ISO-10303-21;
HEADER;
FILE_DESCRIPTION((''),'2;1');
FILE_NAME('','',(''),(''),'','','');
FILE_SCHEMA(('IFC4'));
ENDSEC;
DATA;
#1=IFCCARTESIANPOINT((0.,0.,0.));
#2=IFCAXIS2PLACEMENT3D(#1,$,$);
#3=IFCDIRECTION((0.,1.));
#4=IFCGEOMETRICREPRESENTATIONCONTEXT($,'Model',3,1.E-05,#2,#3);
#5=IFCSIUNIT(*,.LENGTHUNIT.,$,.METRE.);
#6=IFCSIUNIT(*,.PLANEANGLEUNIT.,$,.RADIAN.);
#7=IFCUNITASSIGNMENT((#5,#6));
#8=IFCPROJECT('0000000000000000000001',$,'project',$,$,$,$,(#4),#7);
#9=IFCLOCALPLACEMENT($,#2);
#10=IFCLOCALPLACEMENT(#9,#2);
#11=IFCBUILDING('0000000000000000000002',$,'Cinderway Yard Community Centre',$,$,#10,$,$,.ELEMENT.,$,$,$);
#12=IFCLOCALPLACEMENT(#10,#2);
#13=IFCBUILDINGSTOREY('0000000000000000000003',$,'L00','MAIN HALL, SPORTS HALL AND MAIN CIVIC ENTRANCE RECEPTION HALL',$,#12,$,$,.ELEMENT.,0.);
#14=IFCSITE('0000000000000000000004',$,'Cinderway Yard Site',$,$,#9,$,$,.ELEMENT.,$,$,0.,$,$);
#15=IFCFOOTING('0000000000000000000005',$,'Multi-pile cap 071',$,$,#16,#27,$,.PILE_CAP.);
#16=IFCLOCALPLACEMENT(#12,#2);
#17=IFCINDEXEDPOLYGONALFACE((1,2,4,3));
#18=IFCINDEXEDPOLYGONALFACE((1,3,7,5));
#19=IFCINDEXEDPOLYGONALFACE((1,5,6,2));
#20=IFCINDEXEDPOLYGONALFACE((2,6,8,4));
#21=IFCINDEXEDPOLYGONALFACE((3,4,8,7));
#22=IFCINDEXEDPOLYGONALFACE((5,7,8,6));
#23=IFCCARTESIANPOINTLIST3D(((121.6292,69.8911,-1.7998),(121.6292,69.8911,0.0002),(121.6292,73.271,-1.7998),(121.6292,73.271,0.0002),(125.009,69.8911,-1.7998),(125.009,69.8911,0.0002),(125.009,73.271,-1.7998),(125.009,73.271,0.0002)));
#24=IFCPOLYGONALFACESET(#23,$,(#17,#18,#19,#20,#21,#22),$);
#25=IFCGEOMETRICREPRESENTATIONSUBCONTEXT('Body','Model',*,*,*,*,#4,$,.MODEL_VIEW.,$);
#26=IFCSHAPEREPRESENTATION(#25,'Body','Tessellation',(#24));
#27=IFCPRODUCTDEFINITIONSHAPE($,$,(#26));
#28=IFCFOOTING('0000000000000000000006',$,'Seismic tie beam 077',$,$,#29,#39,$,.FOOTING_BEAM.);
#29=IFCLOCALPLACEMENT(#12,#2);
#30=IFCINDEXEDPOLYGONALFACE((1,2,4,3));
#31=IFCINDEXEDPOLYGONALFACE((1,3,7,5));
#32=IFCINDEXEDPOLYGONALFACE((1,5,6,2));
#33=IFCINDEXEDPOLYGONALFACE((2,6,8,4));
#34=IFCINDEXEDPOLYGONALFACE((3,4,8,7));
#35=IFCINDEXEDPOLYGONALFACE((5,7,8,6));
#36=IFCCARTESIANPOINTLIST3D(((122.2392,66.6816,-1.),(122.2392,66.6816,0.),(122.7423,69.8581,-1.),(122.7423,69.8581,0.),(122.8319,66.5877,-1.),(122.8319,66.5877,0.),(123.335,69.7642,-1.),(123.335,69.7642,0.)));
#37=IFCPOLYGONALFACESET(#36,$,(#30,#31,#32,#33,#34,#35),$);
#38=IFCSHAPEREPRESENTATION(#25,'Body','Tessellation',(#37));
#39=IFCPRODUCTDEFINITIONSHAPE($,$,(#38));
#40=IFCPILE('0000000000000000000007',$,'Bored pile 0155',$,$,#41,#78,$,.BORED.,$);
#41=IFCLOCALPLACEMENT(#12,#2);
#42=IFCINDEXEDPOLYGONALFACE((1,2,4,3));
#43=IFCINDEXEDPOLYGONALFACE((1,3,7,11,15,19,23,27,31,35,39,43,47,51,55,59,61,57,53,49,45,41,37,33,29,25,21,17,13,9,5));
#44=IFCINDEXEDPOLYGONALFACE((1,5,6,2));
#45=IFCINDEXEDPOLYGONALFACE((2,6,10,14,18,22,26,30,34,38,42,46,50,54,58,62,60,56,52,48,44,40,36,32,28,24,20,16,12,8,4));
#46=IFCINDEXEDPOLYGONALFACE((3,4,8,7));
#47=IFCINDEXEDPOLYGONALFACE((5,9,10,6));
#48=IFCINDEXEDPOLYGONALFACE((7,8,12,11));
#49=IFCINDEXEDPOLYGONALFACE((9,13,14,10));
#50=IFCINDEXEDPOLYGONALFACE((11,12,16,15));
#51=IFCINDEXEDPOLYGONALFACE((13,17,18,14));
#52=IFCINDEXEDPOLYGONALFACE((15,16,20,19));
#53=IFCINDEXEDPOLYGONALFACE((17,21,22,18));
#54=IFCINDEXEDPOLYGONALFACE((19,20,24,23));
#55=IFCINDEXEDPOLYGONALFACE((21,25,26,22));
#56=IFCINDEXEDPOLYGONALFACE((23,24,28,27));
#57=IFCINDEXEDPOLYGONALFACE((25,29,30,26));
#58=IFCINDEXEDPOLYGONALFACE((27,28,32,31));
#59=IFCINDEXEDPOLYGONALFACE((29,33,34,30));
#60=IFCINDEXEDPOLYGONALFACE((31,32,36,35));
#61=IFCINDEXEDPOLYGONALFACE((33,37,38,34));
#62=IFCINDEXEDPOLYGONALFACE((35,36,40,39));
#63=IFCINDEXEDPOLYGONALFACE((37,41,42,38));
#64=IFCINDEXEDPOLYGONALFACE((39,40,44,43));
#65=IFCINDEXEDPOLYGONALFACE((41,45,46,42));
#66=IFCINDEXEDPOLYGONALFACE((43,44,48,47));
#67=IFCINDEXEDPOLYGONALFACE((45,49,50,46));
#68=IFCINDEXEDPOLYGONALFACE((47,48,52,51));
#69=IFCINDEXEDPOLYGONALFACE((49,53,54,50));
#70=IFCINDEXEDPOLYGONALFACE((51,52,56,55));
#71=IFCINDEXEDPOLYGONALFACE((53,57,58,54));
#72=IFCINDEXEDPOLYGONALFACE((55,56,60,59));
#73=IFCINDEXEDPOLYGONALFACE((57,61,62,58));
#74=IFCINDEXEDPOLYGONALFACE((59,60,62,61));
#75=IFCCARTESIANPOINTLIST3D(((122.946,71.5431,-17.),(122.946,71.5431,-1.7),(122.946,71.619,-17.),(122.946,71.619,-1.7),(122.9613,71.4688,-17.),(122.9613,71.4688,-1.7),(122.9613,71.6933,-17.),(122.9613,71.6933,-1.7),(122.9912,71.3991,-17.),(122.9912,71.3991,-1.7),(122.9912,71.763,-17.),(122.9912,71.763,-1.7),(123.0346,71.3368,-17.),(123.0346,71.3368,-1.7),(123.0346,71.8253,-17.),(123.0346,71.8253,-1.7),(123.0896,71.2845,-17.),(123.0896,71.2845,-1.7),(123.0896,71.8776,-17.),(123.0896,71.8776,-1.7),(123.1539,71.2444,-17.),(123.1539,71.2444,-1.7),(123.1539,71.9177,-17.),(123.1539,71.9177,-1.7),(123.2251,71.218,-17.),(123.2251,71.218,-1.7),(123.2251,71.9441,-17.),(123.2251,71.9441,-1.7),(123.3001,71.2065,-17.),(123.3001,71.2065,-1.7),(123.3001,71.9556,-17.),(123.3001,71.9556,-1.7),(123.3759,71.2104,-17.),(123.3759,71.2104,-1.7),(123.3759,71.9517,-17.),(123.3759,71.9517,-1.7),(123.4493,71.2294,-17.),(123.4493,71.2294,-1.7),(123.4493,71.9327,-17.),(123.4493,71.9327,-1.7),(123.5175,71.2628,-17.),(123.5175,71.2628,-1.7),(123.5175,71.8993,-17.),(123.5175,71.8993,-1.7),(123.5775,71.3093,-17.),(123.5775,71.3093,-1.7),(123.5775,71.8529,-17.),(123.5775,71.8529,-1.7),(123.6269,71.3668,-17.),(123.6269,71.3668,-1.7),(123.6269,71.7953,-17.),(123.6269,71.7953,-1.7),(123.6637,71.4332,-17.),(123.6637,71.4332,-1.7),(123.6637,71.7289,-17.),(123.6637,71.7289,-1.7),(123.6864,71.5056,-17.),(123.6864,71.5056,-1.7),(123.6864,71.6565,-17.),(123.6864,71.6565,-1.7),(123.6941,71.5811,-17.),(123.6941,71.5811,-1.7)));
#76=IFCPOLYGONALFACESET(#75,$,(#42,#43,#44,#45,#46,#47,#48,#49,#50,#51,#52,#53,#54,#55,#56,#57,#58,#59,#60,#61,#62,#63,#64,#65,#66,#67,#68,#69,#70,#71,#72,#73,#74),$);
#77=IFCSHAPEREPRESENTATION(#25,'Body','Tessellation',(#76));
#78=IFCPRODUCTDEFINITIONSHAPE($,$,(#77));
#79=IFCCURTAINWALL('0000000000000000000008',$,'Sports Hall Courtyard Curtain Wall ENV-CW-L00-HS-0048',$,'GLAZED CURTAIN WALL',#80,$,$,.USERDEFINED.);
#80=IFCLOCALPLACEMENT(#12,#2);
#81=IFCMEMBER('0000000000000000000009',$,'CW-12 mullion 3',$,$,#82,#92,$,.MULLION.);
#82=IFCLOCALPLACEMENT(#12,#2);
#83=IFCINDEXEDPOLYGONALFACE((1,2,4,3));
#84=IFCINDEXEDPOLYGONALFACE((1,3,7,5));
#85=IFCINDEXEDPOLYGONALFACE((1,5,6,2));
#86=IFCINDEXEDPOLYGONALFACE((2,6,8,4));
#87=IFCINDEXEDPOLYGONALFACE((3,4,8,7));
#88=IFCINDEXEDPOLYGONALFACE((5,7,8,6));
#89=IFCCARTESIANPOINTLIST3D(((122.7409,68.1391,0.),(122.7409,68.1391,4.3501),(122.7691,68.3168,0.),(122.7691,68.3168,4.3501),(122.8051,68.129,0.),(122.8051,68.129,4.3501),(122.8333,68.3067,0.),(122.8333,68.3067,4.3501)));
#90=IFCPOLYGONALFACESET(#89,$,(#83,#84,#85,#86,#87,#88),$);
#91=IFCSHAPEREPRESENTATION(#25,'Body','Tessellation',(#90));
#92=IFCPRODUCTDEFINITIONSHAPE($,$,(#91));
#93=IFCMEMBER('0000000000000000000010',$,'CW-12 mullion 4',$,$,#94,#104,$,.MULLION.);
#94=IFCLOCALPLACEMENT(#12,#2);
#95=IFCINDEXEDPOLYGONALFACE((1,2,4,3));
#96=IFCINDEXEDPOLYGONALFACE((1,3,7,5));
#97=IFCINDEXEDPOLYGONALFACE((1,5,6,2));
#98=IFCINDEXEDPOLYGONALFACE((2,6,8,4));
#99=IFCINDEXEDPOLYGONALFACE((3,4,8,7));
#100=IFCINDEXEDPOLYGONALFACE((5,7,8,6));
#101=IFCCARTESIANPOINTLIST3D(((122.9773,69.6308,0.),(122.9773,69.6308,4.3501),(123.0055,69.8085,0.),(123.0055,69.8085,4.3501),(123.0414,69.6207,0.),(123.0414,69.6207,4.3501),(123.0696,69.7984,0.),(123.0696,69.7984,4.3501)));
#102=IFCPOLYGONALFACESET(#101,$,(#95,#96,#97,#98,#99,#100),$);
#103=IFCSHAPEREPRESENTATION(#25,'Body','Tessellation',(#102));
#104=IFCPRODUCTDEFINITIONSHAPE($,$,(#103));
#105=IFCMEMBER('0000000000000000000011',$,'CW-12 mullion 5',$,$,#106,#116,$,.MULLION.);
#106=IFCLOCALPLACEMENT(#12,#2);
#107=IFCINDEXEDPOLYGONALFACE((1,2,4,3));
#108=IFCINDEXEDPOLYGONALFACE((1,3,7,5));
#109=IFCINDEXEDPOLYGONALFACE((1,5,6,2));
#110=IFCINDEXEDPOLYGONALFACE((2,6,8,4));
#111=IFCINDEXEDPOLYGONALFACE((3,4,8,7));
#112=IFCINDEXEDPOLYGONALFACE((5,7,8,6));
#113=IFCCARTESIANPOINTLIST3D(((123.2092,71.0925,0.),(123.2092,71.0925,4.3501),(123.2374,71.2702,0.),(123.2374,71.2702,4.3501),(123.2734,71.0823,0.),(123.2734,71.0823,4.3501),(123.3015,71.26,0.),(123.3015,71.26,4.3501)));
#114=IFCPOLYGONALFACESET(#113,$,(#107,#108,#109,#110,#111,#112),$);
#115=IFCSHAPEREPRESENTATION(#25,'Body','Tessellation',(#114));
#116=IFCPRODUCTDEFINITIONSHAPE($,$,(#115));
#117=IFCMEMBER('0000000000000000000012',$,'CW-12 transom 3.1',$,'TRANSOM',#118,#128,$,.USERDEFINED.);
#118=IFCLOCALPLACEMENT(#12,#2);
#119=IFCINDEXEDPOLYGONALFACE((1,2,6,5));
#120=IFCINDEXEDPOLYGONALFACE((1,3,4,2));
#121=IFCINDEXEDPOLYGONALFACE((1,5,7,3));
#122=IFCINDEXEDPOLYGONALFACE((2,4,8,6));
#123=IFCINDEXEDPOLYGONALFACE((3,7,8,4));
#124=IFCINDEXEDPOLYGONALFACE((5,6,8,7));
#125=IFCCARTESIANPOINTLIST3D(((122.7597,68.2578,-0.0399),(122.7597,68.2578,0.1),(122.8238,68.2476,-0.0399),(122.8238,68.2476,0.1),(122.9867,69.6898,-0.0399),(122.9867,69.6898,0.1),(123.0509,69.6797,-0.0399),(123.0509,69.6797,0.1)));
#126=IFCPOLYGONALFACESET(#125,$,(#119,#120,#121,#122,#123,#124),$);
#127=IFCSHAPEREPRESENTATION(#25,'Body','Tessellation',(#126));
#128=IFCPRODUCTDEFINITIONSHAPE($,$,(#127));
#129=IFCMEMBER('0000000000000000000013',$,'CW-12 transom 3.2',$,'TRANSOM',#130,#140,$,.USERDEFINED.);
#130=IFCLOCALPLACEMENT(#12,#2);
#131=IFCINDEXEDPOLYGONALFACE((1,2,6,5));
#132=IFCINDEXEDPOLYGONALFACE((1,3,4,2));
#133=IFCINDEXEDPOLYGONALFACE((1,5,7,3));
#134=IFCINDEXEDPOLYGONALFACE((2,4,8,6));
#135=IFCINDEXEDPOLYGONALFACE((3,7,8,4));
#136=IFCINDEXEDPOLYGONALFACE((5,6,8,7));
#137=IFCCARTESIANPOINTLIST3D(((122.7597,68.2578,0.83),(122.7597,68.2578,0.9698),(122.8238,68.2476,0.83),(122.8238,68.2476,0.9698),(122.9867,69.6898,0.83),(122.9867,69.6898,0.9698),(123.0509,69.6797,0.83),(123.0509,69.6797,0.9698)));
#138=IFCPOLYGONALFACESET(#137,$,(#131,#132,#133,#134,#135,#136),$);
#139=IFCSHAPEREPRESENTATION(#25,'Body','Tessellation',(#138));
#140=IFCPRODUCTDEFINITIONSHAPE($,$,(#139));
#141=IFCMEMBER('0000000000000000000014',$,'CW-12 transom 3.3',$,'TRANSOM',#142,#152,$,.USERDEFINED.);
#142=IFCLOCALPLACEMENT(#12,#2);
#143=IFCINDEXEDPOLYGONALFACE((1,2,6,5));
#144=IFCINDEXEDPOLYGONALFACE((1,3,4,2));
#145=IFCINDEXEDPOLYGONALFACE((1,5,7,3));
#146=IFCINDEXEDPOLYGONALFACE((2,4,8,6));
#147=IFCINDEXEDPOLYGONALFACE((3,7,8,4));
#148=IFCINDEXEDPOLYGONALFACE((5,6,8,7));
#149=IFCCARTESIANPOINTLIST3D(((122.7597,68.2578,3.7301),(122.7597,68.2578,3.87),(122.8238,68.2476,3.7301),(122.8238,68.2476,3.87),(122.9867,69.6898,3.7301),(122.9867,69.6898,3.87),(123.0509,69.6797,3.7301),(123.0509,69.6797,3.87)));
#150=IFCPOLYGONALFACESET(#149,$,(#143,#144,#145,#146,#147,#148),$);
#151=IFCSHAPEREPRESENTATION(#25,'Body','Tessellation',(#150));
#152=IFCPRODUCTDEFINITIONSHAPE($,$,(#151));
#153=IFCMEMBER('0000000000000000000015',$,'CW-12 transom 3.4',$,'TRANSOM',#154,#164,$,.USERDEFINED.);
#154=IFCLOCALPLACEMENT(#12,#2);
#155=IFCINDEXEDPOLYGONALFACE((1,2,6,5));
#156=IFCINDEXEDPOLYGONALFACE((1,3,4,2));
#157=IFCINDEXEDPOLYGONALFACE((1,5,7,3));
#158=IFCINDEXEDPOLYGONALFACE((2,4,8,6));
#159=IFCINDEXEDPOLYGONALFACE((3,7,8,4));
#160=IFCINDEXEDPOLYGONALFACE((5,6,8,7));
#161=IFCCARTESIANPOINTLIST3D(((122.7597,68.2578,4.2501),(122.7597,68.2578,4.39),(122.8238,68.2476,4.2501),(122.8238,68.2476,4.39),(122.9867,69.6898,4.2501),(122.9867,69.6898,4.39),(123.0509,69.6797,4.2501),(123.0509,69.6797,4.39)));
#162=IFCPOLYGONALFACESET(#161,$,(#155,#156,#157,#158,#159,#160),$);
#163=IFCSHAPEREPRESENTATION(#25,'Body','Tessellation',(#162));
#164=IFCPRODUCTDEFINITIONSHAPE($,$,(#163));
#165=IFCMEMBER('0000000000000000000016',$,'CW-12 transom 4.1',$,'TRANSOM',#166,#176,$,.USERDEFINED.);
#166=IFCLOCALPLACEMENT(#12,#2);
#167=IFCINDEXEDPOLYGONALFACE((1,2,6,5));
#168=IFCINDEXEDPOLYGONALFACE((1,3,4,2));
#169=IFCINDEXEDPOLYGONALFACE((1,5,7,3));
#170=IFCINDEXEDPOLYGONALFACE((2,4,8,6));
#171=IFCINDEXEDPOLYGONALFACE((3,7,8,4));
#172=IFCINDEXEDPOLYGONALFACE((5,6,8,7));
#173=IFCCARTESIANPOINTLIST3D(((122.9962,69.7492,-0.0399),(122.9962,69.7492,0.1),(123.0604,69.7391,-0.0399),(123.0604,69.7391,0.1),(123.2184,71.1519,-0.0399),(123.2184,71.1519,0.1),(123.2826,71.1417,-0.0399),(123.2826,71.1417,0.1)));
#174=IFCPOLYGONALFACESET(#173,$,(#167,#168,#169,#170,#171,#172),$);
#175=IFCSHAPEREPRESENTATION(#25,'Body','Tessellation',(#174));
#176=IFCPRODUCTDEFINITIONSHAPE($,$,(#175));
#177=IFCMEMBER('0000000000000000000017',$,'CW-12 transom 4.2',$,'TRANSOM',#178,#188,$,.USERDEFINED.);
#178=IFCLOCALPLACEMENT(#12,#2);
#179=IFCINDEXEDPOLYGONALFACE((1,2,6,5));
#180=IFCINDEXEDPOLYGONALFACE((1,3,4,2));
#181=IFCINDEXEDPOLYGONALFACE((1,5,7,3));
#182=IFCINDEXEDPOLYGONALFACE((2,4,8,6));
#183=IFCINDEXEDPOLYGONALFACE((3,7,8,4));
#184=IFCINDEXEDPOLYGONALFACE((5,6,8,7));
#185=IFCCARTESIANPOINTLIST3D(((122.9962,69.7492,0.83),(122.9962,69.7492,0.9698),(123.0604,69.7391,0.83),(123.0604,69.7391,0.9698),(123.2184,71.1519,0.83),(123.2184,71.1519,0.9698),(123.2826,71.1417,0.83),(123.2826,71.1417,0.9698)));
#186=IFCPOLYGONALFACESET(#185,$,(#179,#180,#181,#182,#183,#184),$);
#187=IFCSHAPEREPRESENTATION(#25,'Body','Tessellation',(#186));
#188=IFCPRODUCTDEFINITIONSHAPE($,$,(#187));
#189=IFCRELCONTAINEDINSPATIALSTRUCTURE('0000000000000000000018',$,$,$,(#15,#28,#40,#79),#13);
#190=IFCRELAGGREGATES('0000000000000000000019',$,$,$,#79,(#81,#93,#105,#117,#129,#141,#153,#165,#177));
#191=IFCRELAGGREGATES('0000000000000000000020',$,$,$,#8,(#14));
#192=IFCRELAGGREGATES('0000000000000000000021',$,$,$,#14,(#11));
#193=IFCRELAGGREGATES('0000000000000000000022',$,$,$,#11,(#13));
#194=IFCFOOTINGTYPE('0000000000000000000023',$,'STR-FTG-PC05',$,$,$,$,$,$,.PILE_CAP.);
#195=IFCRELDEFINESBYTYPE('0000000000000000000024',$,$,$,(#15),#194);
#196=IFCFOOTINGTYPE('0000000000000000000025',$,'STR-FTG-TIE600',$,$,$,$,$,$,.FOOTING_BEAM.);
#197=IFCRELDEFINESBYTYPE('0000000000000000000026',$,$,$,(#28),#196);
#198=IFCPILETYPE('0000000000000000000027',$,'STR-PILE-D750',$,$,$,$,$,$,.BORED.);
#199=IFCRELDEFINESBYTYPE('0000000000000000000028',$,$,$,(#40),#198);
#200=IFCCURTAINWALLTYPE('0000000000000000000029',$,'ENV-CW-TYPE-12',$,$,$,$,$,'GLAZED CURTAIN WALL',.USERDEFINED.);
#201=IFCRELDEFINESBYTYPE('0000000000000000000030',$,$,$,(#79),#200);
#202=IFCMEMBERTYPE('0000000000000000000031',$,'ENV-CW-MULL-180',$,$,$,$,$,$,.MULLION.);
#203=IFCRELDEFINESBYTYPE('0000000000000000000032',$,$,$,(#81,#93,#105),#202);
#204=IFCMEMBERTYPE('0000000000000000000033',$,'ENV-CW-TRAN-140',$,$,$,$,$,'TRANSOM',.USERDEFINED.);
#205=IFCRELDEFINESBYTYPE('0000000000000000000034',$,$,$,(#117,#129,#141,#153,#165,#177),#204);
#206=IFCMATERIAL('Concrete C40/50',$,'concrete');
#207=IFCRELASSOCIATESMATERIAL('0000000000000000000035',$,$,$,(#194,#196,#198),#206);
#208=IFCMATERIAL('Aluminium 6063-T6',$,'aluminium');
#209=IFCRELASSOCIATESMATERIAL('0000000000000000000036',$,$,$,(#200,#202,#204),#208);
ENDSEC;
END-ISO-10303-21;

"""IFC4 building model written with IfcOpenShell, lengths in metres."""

from ifc_helpers import new_model, si_unit, direction, frame, origin, origin_2d, place, context, subcontext, project, spatial, rectangle, circle, extrude, material, material_profile, profile_set, type_object, element, aggregate, save


model = new_model("IFC4")

# Units and contexts
model_context = context("Model", 3, precision=1e-05, world=origin(), true_north=direction((0.0, 1.0)))
body_context = subcontext(model_context, "Body", "Model", "MODEL_VIEW")
ifc_project = project(units=[si_unit("LENGTHUNIT", "METRE"), si_unit("PLANEANGLEUNIT", "RADIAN")], contexts=[model_context])

# Site, building, storey
site_placement = place(None, origin())
site = spatial("IfcSite", under=ifc_project, at=site_placement, Name="Cinderway Yard Site", CompositionType="ELEMENT", RefElevation=0.0)
building_placement = place(site_placement, origin())
building = spatial("IfcBuilding", under=site, at=building_placement, Name="Cinderway Yard Community Centre", CompositionType="ELEMENT")
storey_placement = place(building_placement, origin())
storey = spatial("IfcBuildingStorey", under=building, at=storey_placement, Name="L00", Description="MAIN HALL, SPORTS HALL AND MAIN CIVIC ENTRANCE RECEPTION HALL", CompositionType="ELEMENT", Elevation=0.0)

# Footings
ifc_material_1 = material(Name="Concrete C40/50", Category="concrete")
footing_type_1 = type_object("IfcFootingType", Name="STR-FTG-PC05", PredefinedType="PILE_CAP", material=ifc_material_1)
footing_1_placement = place(storey_placement, frame((123.3191, 71.5811, -1.7998), z_axis=(0.0, 0.0, 1.0), x_axis=(1.0, 0.0, 0.0)))
element("IfcFooting", 1, at=footing_1_placement, inside=storey, type_object=footing_type_1, Name="Multi-pile cap 071", PredefinedType="PILE_CAP", context=body_context, shape_type="SweptSolid", body=[
    extrude(rectangle(XDim=3.3799, YDim=3.3799, at=origin_2d()), origin(), (0.0, 0.0, 1.0), 1.8),
])
footing_type_2 = type_object("IfcFootingType", Name="STR-FTG-TIE600", PredefinedType="FOOTING_BEAM", material=ifc_material_1)
footing_2_placement = place(storey_placement, frame((122.7871, 68.2229, -1.0), z_axis=(0.0, 0.0, 1.0), x_axis=(0.156452, 0.987686, 0.0)))
element("IfcFooting", 2, at=footing_2_placement, inside=storey, type_object=footing_type_2, Name="Seismic tie beam 077", PredefinedType="FOOTING_BEAM", context=body_context, shape_type="SweptSolid", body=[
    extrude(rectangle(XDim=3.2161, YDim=0.6001, at=origin_2d()), origin(), (0.0, 0.0, 1.0), 1.0),
])

# Pile
ifc_material_profile_1 = material_profile(ifc_material_1, circle(Radius=0.375, at=origin_2d()), Name="Concrete C40/50")
ifc_profile_set_1 = profile_set([ifc_material_profile_1], Name="Concrete C40/50")
pile_type = type_object("IfcPileType", Name="STR-PILE-D750", PredefinedType="BORED", material=ifc_profile_set_1)
pile_placement = place(storey_placement, frame((123.3191, 71.5811, -1.7), z_axis=(0.0, 0.0, -1.0), x_axis=(1.0, 0.0, 0.0)))
element("IfcPile", 3, at=pile_placement, inside=storey, type_object=pile_type, Name="Bored pile 0155", PredefinedType="BORED", context=body_context, shape_type="SweptSolid", body=[
    extrude(circle(Radius=0.375, at=origin_2d()), origin(), (0.0, 0.0, 1.0), 15.3),
])

# Curtain wall, members
ifc_material_2 = material(Name="Aluminium 6063-T6", Category="aluminium")
curtain_wall_type = type_object("IfcCurtainWallType", Name="ENV-CW-TYPE-12", ElementType="GLAZED CURTAIN WALL", PredefinedType="USERDEFINED", material=ifc_material_2)
curtain_wall_placement = place(storey_placement, origin())
curtain_wall = element("IfcCurtainWall", 4, at=curtain_wall_placement, inside=storey, type_object=curtain_wall_type, Name="Sports Hall Courtyard Curtain Wall ENV-CW-L00-HS-0048", ObjectType="GLAZED CURTAIN WALL", PredefinedType="USERDEFINED")
ifc_material_profile_2 = material_profile(ifc_material_2, rectangle(XDim=0.0649, YDim=0.1799, at=origin_2d()), Name="Aluminium 6063-T6")
ifc_profile_set_2 = profile_set([ifc_material_profile_2], Name="Aluminium 6063-T6")
member_type_1 = type_object("IfcMemberType", Name="ENV-CW-MULL-180", PredefinedType="MULLION", material=ifc_profile_set_2)
member_1_placement = place(storey_placement, frame((122.7871, 68.2229, 0.0), z_axis=(0.0, 0.0, 1.0), x_axis=(-0.987661, 0.156609, 0.0)))
member_1 = element("IfcMember", 5, at=member_1_placement, type_object=member_type_1, Name="CW-12 mullion 3", PredefinedType="MULLION", context=body_context, shape_type="SweptSolid", body=[
    extrude(rectangle(XDim=0.0649, YDim=0.1799, at=origin_2d()), origin(), (0.0, 0.0, 1.0), 4.3501),
])
member_2_placement = place(storey_placement, frame((123.0234, 69.7146, 0.0), z_axis=(0.0, 0.0, 1.0), x_axis=(-0.987661, 0.156609, 0.0)))
member_2 = element("IfcMember", 6, at=member_2_placement, type_object=member_type_1, Name="CW-12 mullion 4", PredefinedType="MULLION", context=body_context, shape_type="SweptSolid", body=[
    extrude(rectangle(XDim=0.0649, YDim=0.1799, at=origin_2d()), origin(), (0.0, 0.0, 1.0), 4.3501),
])
member_3_placement = place(storey_placement, frame((123.2554, 71.1763, 0.0), z_axis=(0.0, 0.0, 1.0), x_axis=(-0.987661, 0.156609, 0.0)))
member_3 = element("IfcMember", 7, at=member_3_placement, type_object=member_type_1, Name="CW-12 mullion 5", PredefinedType="MULLION", context=body_context, shape_type="SweptSolid", body=[
    extrude(rectangle(XDim=0.0649, YDim=0.1799, at=origin_2d()), origin(), (0.0, 0.0, 1.0), 4.3501),
])
ifc_material_profile_3 = material_profile(ifc_material_2, rectangle(XDim=0.0649, YDim=0.1399, at=origin_2d()), Name="Aluminium 6063-T6")
ifc_profile_set_3 = profile_set([ifc_material_profile_3], Name="Aluminium 6063-T6")
member_type_2 = type_object("IfcMemberType", Name="ENV-CW-TRAN-140", ElementType="TRANSOM", PredefinedType="USERDEFINED", material=ifc_profile_set_3)
member_4_placement = place(storey_placement, frame((122.7917, 68.2527, 0.03), z_axis=(0.156585, 0.987664, 0.0), x_axis=(-0.987664, 0.156585, 0.0)))
member_4 = element("IfcMember", 8, at=member_4_placement, type_object=member_type_2, Name="CW-12 transom 3.1", ObjectType="TRANSOM", PredefinedType="USERDEFINED", context=body_context, shape_type="SweptSolid", body=[
    extrude(rectangle(XDim=0.0649, YDim=0.1399, at=origin_2d()), origin(), (0.0, 0.0, 1.0), 1.45),
])
member_5_placement = place(storey_placement, frame((122.7917, 68.2527, 0.8999), z_axis=(0.156585, 0.987664, 0.0), x_axis=(-0.987664, 0.156585, 0.0)))
member_5 = element("IfcMember", 9, at=member_5_placement, type_object=member_type_2, Name="CW-12 transom 3.2", ObjectType="TRANSOM", PredefinedType="USERDEFINED", context=body_context, shape_type="SweptSolid", body=[
    extrude(rectangle(XDim=0.0649, YDim=0.1399, at=origin_2d()), origin(), (0.0, 0.0, 1.0), 1.45),
])
member_6_placement = place(storey_placement, frame((122.7917, 68.2527, 3.8), z_axis=(0.156585, 0.987664, 0.0), x_axis=(-0.987664, 0.156585, 0.0)))
member_6 = element("IfcMember", 10, at=member_6_placement, type_object=member_type_2, Name="CW-12 transom 3.3", ObjectType="TRANSOM", PredefinedType="USERDEFINED", context=body_context, shape_type="SweptSolid", body=[
    extrude(rectangle(XDim=0.0649, YDim=0.1399, at=origin_2d()), origin(), (0.0, 0.0, 1.0), 1.45),
])
member_7_placement = place(storey_placement, frame((122.7917, 68.2527, 4.3201), z_axis=(0.156585, 0.987664, 0.0), x_axis=(-0.987664, 0.156585, 0.0)))
member_7 = element("IfcMember", 11, at=member_7_placement, type_object=member_type_2, Name="CW-12 transom 3.4", ObjectType="TRANSOM", PredefinedType="USERDEFINED", context=body_context, shape_type="SweptSolid", body=[
    extrude(rectangle(XDim=0.0649, YDim=0.1399, at=origin_2d()), origin(), (0.0, 0.0, 1.0), 1.45),
])
member_8_placement = place(storey_placement, frame((123.0283, 69.7441, 0.03), z_axis=(0.156448, 0.987686, 0.0), x_axis=(-0.987686, 0.156448, 0.0)))
member_8 = element("IfcMember", 12, at=member_8_placement, type_object=member_type_2, Name="CW-12 transom 4.1", ObjectType="TRANSOM", PredefinedType="USERDEFINED", context=body_context, shape_type="SweptSolid", body=[
    extrude(rectangle(XDim=0.0649, YDim=0.1399, at=origin_2d()), origin(), (0.0, 0.0, 1.0), 1.4202),
])
member_9_placement = place(storey_placement, frame((123.0283, 69.7441, 0.8999), z_axis=(0.156448, 0.987686, 0.0), x_axis=(-0.987686, 0.156448, 0.0)))
member_9 = element("IfcMember", 13, at=member_9_placement, type_object=member_type_2, Name="CW-12 transom 4.2", ObjectType="TRANSOM", PredefinedType="USERDEFINED", context=body_context, shape_type="SweptSolid", body=[
    extrude(rectangle(XDim=0.0649, YDim=0.1399, at=origin_2d()), origin(), (0.0, 0.0, 1.0), 1.4202),
])
aggregate(curtain_wall, [member_1, member_2, member_3, member_4, member_5, member_6, member_7, member_8, member_9])

save(model, "model.ifc")
